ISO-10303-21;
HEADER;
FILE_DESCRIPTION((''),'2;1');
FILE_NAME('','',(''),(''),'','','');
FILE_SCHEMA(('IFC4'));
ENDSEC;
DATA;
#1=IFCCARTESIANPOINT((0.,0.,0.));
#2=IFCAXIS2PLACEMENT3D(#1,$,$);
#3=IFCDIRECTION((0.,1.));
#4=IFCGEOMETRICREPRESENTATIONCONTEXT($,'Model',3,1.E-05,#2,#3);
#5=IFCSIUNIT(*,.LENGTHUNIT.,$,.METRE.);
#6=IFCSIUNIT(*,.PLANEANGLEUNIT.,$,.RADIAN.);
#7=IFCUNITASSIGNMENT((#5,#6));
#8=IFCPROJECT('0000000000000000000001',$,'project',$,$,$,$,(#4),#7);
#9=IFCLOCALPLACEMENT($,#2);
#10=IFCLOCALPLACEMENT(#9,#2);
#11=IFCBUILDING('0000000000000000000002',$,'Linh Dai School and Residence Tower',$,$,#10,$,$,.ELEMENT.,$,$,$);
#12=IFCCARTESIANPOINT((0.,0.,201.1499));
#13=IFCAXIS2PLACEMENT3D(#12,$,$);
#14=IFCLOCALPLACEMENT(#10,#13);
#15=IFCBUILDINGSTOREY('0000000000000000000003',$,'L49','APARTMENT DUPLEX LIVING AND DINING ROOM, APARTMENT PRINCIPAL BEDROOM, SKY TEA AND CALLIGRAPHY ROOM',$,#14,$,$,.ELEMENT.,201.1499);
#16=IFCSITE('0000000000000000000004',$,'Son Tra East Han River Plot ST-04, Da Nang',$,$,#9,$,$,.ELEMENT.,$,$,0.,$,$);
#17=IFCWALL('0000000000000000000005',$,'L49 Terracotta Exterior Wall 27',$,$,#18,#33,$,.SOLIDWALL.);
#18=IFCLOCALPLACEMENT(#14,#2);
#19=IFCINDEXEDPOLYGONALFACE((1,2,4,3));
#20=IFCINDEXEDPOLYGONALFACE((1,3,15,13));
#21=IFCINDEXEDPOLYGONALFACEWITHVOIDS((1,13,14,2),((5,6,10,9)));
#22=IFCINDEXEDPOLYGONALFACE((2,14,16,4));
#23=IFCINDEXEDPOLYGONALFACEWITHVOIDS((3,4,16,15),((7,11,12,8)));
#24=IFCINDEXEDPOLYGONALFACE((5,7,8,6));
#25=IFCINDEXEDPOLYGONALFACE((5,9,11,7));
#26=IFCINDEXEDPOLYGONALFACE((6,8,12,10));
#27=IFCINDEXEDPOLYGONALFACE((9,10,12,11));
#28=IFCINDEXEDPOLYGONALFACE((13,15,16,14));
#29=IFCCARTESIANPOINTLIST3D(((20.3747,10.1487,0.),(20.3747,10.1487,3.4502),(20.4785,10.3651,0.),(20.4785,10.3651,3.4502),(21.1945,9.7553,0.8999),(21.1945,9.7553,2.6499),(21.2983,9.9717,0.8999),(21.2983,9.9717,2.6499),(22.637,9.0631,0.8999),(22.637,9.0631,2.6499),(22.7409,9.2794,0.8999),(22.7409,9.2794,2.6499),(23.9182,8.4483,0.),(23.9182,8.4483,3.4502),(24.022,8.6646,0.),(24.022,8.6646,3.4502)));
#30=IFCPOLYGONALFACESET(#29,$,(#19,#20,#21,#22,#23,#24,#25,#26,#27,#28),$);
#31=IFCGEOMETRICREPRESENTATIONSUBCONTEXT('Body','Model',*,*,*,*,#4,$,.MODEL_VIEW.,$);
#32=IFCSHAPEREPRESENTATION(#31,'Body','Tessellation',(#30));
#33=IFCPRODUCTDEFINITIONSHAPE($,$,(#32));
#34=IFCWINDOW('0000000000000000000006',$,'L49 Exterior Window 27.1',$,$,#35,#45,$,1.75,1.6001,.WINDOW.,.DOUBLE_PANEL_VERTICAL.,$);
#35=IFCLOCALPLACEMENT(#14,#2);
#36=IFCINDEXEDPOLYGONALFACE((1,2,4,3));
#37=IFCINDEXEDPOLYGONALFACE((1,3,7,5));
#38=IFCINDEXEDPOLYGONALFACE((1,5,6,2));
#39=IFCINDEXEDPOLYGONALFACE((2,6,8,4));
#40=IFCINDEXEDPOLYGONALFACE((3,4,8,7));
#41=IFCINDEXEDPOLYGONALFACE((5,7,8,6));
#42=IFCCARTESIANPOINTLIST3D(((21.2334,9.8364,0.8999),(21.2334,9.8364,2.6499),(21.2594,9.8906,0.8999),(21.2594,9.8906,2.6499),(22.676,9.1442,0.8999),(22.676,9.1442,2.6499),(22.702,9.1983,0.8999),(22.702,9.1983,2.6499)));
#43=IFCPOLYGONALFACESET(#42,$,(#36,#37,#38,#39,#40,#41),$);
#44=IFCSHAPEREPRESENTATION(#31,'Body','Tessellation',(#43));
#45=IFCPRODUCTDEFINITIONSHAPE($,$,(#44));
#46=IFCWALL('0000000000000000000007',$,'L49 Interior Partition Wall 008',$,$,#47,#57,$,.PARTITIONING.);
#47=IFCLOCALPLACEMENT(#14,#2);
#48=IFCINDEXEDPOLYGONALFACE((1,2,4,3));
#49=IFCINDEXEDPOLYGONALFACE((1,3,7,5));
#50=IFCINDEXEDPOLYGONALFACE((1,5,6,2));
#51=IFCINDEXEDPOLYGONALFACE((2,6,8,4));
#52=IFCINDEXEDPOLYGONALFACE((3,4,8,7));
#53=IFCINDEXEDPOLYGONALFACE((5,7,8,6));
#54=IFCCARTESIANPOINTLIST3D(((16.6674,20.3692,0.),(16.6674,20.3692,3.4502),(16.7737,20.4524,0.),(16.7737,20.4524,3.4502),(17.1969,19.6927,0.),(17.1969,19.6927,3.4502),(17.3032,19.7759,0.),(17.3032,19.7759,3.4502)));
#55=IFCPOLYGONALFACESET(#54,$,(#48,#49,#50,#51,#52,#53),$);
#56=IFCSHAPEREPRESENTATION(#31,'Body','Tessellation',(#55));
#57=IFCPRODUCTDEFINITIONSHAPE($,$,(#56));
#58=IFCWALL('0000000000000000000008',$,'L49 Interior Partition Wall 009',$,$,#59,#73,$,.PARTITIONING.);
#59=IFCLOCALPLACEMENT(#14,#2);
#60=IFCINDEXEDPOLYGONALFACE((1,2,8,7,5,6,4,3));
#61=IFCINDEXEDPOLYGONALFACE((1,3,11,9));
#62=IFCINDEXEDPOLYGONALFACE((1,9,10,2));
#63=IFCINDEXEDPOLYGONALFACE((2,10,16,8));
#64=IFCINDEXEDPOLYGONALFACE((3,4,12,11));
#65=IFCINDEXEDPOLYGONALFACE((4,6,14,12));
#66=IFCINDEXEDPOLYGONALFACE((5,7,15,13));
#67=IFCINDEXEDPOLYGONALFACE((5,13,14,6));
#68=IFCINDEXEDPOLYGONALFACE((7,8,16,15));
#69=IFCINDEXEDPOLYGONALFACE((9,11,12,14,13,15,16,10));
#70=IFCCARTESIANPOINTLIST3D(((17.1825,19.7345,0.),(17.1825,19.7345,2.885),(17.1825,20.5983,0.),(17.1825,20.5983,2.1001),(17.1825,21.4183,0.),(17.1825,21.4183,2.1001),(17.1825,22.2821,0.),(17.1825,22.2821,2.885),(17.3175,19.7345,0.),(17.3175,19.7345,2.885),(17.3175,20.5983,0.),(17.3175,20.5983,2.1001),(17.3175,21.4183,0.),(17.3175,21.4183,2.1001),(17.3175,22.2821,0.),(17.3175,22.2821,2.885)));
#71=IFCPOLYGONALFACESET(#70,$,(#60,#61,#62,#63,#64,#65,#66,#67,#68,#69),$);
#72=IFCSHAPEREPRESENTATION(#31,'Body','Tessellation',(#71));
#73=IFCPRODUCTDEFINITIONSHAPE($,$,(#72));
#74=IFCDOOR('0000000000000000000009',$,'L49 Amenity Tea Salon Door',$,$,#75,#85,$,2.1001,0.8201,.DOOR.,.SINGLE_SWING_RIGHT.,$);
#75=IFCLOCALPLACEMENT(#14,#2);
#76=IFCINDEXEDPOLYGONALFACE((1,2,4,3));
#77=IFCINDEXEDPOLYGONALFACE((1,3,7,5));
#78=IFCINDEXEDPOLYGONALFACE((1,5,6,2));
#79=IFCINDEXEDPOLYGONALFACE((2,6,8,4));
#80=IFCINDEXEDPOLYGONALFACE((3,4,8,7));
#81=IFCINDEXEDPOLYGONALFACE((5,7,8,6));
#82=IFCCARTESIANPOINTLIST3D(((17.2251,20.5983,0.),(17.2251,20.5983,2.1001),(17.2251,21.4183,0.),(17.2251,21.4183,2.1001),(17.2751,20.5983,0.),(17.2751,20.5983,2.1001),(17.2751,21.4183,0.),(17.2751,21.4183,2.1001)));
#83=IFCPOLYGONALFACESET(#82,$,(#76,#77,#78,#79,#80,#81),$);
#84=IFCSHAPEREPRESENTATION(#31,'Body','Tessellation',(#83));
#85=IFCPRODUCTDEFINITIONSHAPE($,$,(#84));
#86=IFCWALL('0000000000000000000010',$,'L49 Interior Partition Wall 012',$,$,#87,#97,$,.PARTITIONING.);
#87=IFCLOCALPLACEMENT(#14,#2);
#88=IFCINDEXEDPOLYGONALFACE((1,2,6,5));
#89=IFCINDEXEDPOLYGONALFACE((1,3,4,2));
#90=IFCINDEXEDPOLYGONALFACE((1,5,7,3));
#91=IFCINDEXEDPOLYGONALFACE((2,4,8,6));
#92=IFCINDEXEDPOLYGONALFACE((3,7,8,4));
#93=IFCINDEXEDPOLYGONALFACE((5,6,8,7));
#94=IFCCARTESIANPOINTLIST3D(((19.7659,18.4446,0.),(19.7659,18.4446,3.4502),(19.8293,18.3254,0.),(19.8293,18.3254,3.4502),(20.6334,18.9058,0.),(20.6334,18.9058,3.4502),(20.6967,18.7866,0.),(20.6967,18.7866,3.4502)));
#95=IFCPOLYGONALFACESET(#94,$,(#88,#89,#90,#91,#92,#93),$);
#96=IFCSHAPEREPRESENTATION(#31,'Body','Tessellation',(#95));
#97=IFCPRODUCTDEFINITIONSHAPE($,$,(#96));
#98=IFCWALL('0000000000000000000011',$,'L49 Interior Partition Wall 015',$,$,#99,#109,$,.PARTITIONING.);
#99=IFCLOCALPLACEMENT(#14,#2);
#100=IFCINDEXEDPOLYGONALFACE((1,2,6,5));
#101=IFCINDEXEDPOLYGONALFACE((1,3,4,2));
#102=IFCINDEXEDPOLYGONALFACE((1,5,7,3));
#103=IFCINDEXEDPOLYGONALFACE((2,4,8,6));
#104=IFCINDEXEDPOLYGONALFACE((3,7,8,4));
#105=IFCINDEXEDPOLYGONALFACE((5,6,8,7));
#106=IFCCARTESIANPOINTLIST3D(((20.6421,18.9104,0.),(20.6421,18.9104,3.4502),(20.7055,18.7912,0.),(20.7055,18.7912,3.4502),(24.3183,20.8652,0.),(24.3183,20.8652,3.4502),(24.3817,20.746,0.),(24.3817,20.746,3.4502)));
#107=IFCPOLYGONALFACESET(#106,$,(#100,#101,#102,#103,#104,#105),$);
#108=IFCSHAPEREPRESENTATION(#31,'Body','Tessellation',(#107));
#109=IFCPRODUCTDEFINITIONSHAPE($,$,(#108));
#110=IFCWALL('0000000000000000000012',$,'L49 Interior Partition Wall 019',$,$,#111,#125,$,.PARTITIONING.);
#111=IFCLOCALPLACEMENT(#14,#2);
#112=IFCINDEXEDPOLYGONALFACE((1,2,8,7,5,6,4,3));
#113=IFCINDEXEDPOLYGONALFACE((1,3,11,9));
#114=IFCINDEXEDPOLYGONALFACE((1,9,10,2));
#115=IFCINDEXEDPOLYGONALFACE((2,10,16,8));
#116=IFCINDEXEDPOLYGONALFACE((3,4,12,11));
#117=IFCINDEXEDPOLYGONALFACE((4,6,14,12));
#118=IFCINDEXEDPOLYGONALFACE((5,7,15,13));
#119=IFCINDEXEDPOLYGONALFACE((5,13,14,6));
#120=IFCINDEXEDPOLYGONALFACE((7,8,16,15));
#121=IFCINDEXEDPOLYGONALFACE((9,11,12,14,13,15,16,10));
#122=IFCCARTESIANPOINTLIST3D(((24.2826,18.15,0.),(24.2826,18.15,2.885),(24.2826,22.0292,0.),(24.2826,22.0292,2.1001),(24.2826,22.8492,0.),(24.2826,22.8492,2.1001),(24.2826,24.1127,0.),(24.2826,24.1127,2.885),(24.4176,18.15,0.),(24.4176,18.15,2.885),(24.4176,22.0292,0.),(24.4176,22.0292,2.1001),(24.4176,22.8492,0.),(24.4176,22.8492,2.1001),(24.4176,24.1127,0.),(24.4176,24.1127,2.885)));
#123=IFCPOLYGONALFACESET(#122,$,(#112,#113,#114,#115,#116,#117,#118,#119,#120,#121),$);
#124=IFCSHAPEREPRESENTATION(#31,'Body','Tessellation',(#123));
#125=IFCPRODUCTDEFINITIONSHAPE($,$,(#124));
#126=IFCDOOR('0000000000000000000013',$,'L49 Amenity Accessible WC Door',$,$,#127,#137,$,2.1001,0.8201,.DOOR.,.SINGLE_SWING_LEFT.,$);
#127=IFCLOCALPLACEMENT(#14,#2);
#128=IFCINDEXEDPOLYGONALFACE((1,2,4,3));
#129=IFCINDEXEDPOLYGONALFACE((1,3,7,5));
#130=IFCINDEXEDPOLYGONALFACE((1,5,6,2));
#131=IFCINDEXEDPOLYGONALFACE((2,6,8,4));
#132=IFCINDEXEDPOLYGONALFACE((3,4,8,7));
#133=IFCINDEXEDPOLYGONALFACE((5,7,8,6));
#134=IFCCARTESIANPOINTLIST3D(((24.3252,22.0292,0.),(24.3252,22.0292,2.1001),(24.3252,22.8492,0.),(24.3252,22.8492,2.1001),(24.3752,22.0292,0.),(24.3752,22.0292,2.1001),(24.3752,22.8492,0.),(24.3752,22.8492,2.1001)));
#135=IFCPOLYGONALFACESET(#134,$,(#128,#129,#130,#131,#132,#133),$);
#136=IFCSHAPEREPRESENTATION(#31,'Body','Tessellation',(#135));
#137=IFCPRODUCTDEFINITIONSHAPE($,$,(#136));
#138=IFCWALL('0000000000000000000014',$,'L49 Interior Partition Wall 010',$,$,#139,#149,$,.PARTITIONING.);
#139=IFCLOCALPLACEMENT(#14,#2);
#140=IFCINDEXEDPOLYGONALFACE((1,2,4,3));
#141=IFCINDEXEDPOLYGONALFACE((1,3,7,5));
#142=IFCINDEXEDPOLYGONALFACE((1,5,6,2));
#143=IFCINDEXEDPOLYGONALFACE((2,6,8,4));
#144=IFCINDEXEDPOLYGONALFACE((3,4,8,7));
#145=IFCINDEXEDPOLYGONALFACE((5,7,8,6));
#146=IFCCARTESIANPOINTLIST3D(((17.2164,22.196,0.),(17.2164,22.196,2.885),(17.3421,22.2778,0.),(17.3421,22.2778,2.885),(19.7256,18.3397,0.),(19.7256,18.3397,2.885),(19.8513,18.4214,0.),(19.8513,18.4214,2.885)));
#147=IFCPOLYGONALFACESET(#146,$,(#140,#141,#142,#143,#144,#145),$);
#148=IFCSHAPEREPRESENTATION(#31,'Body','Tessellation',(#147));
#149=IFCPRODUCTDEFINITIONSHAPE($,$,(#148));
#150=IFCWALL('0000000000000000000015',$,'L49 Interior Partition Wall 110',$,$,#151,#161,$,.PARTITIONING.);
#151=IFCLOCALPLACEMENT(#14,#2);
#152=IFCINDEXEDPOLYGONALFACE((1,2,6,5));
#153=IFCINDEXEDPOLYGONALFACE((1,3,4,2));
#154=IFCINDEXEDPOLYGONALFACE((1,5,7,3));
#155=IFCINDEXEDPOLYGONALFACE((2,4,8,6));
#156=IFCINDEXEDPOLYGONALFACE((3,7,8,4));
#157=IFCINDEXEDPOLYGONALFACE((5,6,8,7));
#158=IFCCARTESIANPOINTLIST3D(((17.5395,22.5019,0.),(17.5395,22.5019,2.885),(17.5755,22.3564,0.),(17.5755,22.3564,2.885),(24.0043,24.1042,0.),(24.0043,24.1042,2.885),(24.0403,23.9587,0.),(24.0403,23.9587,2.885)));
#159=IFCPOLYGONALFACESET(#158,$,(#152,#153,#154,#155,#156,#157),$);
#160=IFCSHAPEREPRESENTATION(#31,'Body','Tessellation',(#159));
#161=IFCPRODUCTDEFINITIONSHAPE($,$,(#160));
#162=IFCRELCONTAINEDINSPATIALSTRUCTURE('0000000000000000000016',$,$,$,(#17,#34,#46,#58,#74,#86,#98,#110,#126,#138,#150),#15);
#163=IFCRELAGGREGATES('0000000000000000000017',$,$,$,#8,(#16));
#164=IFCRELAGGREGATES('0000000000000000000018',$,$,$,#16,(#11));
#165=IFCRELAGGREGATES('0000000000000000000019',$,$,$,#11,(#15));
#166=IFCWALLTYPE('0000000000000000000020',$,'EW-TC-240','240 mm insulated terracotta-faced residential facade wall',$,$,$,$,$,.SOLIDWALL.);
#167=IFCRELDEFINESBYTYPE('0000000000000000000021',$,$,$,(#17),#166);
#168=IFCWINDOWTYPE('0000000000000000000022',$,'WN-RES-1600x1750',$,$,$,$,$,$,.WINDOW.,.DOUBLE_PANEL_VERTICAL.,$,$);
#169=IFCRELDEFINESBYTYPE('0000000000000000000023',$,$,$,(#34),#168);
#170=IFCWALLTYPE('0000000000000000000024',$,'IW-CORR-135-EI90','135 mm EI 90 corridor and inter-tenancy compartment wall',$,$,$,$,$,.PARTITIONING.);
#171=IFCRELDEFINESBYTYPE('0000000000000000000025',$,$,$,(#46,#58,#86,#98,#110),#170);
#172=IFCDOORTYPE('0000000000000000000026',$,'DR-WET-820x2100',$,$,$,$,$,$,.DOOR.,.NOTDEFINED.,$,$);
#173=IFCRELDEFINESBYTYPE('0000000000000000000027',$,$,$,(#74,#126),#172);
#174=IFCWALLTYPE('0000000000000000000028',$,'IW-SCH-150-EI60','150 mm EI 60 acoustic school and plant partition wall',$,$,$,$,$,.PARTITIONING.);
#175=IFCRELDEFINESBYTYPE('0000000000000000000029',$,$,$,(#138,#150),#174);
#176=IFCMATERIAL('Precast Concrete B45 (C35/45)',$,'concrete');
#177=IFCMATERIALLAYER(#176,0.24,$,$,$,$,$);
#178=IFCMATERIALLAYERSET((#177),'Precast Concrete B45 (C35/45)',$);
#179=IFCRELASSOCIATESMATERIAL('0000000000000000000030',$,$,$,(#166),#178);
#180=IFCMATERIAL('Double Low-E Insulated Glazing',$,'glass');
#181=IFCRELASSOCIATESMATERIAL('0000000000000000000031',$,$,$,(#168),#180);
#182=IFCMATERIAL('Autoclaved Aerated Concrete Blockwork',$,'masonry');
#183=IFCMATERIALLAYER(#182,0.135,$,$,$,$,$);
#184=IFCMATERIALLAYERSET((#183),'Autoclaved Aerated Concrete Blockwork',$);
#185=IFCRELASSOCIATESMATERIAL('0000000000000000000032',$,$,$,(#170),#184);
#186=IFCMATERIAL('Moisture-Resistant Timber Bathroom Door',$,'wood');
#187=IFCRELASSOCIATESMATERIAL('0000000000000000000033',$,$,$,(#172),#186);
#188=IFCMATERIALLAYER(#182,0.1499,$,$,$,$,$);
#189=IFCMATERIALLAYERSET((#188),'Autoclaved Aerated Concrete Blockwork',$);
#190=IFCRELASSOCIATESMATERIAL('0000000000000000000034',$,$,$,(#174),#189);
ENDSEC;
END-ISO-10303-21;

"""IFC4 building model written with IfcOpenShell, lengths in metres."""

from ifc_helpers import new_model, si_unit, direction, frame, frame_2d, origin, origin_2d, place, context, subcontext, project, spatial, rectangle, extrude, source, transform, mapped, material, layer, layer_set, type_object, element, fill, save


model = new_model("IFC4")

# Units and contexts
model_context = context("Model", 3, precision=1e-05, world=origin(), true_north=direction((0.0, 1.0)))
body_context = subcontext(model_context, "Body", "Model", "MODEL_VIEW")
ifc_project = project(units=[si_unit("LENGTHUNIT", "METRE"), si_unit("PLANEANGLEUNIT", "RADIAN")], contexts=[model_context])

# Site, building, storey
site_placement = place(None, origin())
site = spatial("IfcSite", under=ifc_project, at=site_placement, Name="Son Tra East Han River Plot ST-04, Da Nang", CompositionType="ELEMENT", RefElevation=0.0)
building_placement = place(site_placement, origin())
building = spatial("IfcBuilding", under=site, at=building_placement, Name="Linh Dai School and Residence Tower", CompositionType="ELEMENT")
storey_placement = place(building_placement, frame((0.0, 0.0, 201.1499)))
storey = spatial("IfcBuildingStorey", under=building, at=storey_placement, Name="L49", Description="APARTMENT DUPLEX LIVING AND DINING ROOM, APARTMENT PRINCIPAL BEDROOM, SKY TEA AND CALLIGRAPHY ROOM", CompositionType="ELEMENT", Elevation=201.1499)

# Shared definitions
ifc_material_1 = material(Name="Precast Concrete B45 (C35/45)", Category="concrete")

# Shared definitions
ifc_layer_1 = layer(ifc_material_1, 0.24)
ifc_layer_set_1 = layer_set([ifc_layer_1], Name="Precast Concrete B45 (C35/45)")
wall_type_1 = type_object("IfcWallType", Name="EW-TC-240", Description="240 mm insulated terracotta-faced residential facade wall", PredefinedType="SOLIDWALL", material=ifc_layer_set_1)
ifc_material_2 = material(Name="Double Low-E Insulated Glazing", Category="glass")

# Wall, opening, window
wall_1_placement = place(storey_placement, frame((23.9702, 8.5564, 0.0), z_axis=(0.0, 0.0, 1.0), x_axis=(-0.901565, 0.432644, 0.0)))
wall_1 = element("IfcWall", 1, at=wall_1_placement, inside=storey, type_object=wall_type_1, Name="L49 Terracotta Exterior Wall 27", PredefinedType="SOLIDWALL", context=body_context, shape_type="SweptSolid", body=[
    extrude(rectangle(XDim=3.9304, YDim=0.24, at=frame_2d((1.9653, 0.0))), origin(), (0.0, 0.0, 1.0), 3.4502),
])
opening_1_placement = place(wall_1_placement, frame((1.4211, 0.0, 0.8999)))
opening_1 = element("IfcOpeningElement", 2, at=opening_1_placement, cuts=wall_1, PredefinedType="OPENING", context=body_context, shape_type="SweptSolid", body=[
    extrude(rectangle(XDim=1.6001, YDim=1.75, at=origin_2d()), frame((0.8, 0.1299, 0.875), z_axis=(0.0, -1.0, 0.0), x_axis=(1.0, 0.0, 0.0)), (0.0, 0.0, 1.0), 0.26),
])
window_type_1 = type_object("IfcWindowType", Name="WN-RES-1600x1750", PartitioningType="DOUBLE_PANEL_VERTICAL", PredefinedType="WINDOW", material=ifc_material_2)
shared_shape_1 = source(origin(), body_context, "Body", "SweptSolid", [
    extrude(rectangle(XDim=1.6001, YDim=1.75, at=origin_2d()), frame((0.8, 0.03, 0.875), z_axis=(0.0, -1.0, 0.0), x_axis=(1.0, 0.0, 0.0)), (0.0, 0.0, 1.0), 0.0601),
])
window_1_placement = place(opening_1_placement, origin())
window_1 = element("IfcWindow", 3, at=window_1_placement, inside=storey, type_object=window_type_1, Name="L49 Exterior Window 27.1", OverallHeight=1.75, OverallWidth=1.6001, PartitioningType="DOUBLE_PANEL_VERTICAL", PredefinedType="WINDOW", context=body_context, shape_type="MappedRepresentation", body=[
    mapped(shared_shape_1, transform((0.0, 0.0, 0.0), x_axis=(1.0, 0.0, 0.0), y_axis=(0.0, 1.0, 0.0), z_axis=(0.0, 0.0, 1.0), scale=1.0)),
])
fill(opening_1, window_1)

# Wall
ifc_material_3 = material(Name="Autoclaved Aerated Concrete Blockwork", Category="masonry")
ifc_layer_2 = layer(ifc_material_3, 0.135)
ifc_layer_set_2 = layer_set([ifc_layer_2], Name="Autoclaved Aerated Concrete Blockwork")
wall_type_2 = type_object("IfcWallType", Name="IW-CORR-135-EI90", Description="135 mm EI 90 corridor and inter-tenancy compartment wall", PredefinedType="PARTITIONING", material=ifc_layer_set_2)
wall_2_placement = place(storey_placement, frame((16.7205, 20.4109, 0.0), z_axis=(0.0, 0.0, 1.0), x_axis=(0.616377, -0.787451, 0.0)))
element("IfcWall", 4, at=wall_2_placement, inside=storey, type_object=wall_type_2, Name="L49 Interior Partition Wall 008", PredefinedType="PARTITIONING", context=body_context, shape_type="SweptSolid", body=[
    extrude(rectangle(XDim=0.8591, YDim=0.135, at=frame_2d((0.4297, 0.0))), origin(), (0.0, 0.0, 1.0), 3.4502),
])

# Wall, opening, door
wall_3_placement = place(storey_placement, frame((17.25, 19.7344, 0.0), z_axis=(0.0, 0.0, 1.0), x_axis=(0.0, 1.0, 0.0)))
wall_3 = element("IfcWall", 5, at=wall_3_placement, inside=storey, type_object=wall_type_2, Name="L49 Interior Partition Wall 009", PredefinedType="PARTITIONING", context=body_context, shape_type="SweptSolid", body=[
    extrude(rectangle(XDim=2.5476, YDim=0.135, at=frame_2d((1.2739, 0.0))), origin(), (0.0, 0.0, 1.0), 2.885),
])
opening_2_placement = place(wall_3_placement, frame((0.8638, 0.0, 0.0)))
opening_2 = element("IfcOpeningElement", 6, at=opening_2_placement, cuts=wall_3, PredefinedType="OPENING", context=body_context, shape_type="SweptSolid", body=[
    extrude(rectangle(XDim=0.8201, YDim=2.1001, at=origin_2d()), frame((0.4102, 0.0776, 1.05), z_axis=(0.0, -1.0, 0.0), x_axis=(1.0, 0.0, 0.0)), (0.0, 0.0, 1.0), 0.155),
])
ifc_material_4 = material(Name="Moisture-Resistant Timber Bathroom Door", Category="wood")
door_type_1 = type_object("IfcDoorType", Name="DR-WET-820x2100", OperationType="NOTDEFINED", PredefinedType="DOOR", material=ifc_material_4)
shared_shape_2 = source(origin(), body_context, "Body", "SweptSolid", [
    extrude(rectangle(XDim=0.8201, YDim=2.1001, at=origin_2d()), frame((0.4102, 0.0249, 1.05), z_axis=(0.0, -1.0, 0.0), x_axis=(1.0, 0.0, 0.0)), (0.0, 0.0, 1.0), 0.05),
])
door_1_placement = place(opening_2_placement, origin())
door_1 = element("IfcDoor", 7, at=door_1_placement, inside=storey, type_object=door_type_1, Name="L49 Amenity Tea Salon Door", OperationType="SINGLE_SWING_RIGHT", OverallHeight=2.1001, OverallWidth=0.8201, PredefinedType="DOOR", context=body_context, shape_type="MappedRepresentation", body=[
    mapped(shared_shape_2, transform((0.0, 0.0, 0.0), x_axis=(1.0, 0.0, 0.0), y_axis=(0.0, 1.0, 0.0), z_axis=(0.0, 0.0, 1.0), scale=1.0)),
])
fill(opening_2, door_1)

# Walls
wall_4_placement = place(storey_placement, frame((19.7976, 18.385, 0.0), z_axis=(0.0, 0.0, 1.0), x_axis=(0.882964, 0.46944, 0.0)))
element("IfcWall", 8, at=wall_4_placement, inside=storey, type_object=wall_type_2, Name="L49 Interior Partition Wall 012", PredefinedType="PARTITIONING", context=body_context, shape_type="SweptSolid", body=[
    extrude(rectangle(XDim=0.9824, YDim=0.135, at=frame_2d((0.4912, 0.0))), origin(), (0.0, 0.0, 1.0), 3.4502),
])
wall_5_placement = place(storey_placement, frame((20.6738, 18.8508, 0.0), z_axis=(0.0, 0.0, 1.0), x_axis=(0.882935, 0.469495, 0.0)))
element("IfcWall", 9, at=wall_5_placement, inside=storey, type_object=wall_type_2, Name="L49 Interior Partition Wall 015", PredefinedType="PARTITIONING", context=body_context, shape_type="SweptSolid", body=[
    extrude(rectangle(XDim=4.1636, YDim=0.135, at=frame_2d((2.0818, 0.0))), origin(), (0.0, 0.0, 1.0), 3.4502),
])

# Wall, opening, door
wall_6_placement = place(storey_placement, frame((24.3501, 18.1499, 0.0), z_axis=(0.0, 0.0, 1.0), x_axis=(0.0, 1.0, 0.0)))
wall_6 = element("IfcWall", 10, at=wall_6_placement, inside=storey, type_object=wall_type_2, Name="L49 Interior Partition Wall 019", PredefinedType="PARTITIONING", context=body_context, shape_type="SweptSolid", body=[
    extrude(rectangle(XDim=5.9626, YDim=0.135, at=frame_2d((2.9814, 0.0))), origin(), (0.0, 0.0, 1.0), 2.885),
])
opening_3_placement = place(wall_6_placement, frame((3.8792, 0.0, 0.0)))
opening_3 = element("IfcOpeningElement", 11, at=opening_3_placement, cuts=wall_6, PredefinedType="OPENING", context=body_context, shape_type="SweptSolid", body=[
    extrude(rectangle(XDim=0.8201, YDim=2.1001, at=origin_2d()), frame((0.4102, 0.0776, 1.05), z_axis=(0.0, -1.0, 0.0), x_axis=(1.0, 0.0, 0.0)), (0.0, 0.0, 1.0), 0.155),
])
door_2_placement = place(opening_3_placement, origin())
door_2 = element("IfcDoor", 12, at=door_2_placement, inside=storey, type_object=door_type_1, Name="L49 Amenity Accessible WC Door", OperationType="SINGLE_SWING_LEFT", OverallHeight=2.1001, OverallWidth=0.8201, PredefinedType="DOOR", context=body_context, shape_type="MappedRepresentation", body=[
    mapped(shared_shape_2, transform((0.0, 0.0, 0.0), x_axis=(1.0, 0.0, 0.0), y_axis=(0.0, 1.0, 0.0), z_axis=(0.0, 0.0, 1.0), scale=1.0)),
])
fill(opening_3, door_2)

# Walls
ifc_layer_3 = layer(ifc_material_3, 0.1499)
ifc_layer_set_3 = layer_set([ifc_layer_3], Name="Autoclaved Aerated Concrete Blockwork")
wall_type_3 = type_object("IfcWallType", Name="IW-SCH-150-EI60", Description="150 mm EI 60 acoustic school and plant partition wall", PredefinedType="PARTITIONING", material=ifc_layer_set_3)
wall_7_placement = place(storey_placement, frame((17.2793, 22.2368, 0.0), z_axis=(0.0, 0.0, 1.0), x_axis=(0.545384, -0.838187, 0.0)))
element("IfcWall", 13, at=wall_7_placement, inside=storey, type_object=wall_type_3, Name="L49 Interior Partition Wall 010", PredefinedType="PARTITIONING", context=body_context, shape_type="SweptSolid", body=[
    extrude(rectangle(XDim=4.6008, YDim=0.1499, at=frame_2d((2.3003, 0.0))), origin(), (0.0, 0.0, 1.0), 2.885),
])
wall_8_placement = place(storey_placement, frame((17.5576, 22.4292, 0.0), z_axis=(0.0, 0.0, 1.0), x_axis=(0.970632, 0.240569, 0.0)))
element("IfcWall", 14, at=wall_8_placement, inside=storey, type_object=wall_type_3, Name="L49 Interior Partition Wall 110", PredefinedType="PARTITIONING", context=body_context, shape_type="SweptSolid", body=[
    extrude(rectangle(XDim=6.6604, YDim=0.1499, at=frame_2d((3.3301, 0.0))), origin(), (0.0, 0.0, 1.0), 2.885),
])

save(model, "model.ifc")
